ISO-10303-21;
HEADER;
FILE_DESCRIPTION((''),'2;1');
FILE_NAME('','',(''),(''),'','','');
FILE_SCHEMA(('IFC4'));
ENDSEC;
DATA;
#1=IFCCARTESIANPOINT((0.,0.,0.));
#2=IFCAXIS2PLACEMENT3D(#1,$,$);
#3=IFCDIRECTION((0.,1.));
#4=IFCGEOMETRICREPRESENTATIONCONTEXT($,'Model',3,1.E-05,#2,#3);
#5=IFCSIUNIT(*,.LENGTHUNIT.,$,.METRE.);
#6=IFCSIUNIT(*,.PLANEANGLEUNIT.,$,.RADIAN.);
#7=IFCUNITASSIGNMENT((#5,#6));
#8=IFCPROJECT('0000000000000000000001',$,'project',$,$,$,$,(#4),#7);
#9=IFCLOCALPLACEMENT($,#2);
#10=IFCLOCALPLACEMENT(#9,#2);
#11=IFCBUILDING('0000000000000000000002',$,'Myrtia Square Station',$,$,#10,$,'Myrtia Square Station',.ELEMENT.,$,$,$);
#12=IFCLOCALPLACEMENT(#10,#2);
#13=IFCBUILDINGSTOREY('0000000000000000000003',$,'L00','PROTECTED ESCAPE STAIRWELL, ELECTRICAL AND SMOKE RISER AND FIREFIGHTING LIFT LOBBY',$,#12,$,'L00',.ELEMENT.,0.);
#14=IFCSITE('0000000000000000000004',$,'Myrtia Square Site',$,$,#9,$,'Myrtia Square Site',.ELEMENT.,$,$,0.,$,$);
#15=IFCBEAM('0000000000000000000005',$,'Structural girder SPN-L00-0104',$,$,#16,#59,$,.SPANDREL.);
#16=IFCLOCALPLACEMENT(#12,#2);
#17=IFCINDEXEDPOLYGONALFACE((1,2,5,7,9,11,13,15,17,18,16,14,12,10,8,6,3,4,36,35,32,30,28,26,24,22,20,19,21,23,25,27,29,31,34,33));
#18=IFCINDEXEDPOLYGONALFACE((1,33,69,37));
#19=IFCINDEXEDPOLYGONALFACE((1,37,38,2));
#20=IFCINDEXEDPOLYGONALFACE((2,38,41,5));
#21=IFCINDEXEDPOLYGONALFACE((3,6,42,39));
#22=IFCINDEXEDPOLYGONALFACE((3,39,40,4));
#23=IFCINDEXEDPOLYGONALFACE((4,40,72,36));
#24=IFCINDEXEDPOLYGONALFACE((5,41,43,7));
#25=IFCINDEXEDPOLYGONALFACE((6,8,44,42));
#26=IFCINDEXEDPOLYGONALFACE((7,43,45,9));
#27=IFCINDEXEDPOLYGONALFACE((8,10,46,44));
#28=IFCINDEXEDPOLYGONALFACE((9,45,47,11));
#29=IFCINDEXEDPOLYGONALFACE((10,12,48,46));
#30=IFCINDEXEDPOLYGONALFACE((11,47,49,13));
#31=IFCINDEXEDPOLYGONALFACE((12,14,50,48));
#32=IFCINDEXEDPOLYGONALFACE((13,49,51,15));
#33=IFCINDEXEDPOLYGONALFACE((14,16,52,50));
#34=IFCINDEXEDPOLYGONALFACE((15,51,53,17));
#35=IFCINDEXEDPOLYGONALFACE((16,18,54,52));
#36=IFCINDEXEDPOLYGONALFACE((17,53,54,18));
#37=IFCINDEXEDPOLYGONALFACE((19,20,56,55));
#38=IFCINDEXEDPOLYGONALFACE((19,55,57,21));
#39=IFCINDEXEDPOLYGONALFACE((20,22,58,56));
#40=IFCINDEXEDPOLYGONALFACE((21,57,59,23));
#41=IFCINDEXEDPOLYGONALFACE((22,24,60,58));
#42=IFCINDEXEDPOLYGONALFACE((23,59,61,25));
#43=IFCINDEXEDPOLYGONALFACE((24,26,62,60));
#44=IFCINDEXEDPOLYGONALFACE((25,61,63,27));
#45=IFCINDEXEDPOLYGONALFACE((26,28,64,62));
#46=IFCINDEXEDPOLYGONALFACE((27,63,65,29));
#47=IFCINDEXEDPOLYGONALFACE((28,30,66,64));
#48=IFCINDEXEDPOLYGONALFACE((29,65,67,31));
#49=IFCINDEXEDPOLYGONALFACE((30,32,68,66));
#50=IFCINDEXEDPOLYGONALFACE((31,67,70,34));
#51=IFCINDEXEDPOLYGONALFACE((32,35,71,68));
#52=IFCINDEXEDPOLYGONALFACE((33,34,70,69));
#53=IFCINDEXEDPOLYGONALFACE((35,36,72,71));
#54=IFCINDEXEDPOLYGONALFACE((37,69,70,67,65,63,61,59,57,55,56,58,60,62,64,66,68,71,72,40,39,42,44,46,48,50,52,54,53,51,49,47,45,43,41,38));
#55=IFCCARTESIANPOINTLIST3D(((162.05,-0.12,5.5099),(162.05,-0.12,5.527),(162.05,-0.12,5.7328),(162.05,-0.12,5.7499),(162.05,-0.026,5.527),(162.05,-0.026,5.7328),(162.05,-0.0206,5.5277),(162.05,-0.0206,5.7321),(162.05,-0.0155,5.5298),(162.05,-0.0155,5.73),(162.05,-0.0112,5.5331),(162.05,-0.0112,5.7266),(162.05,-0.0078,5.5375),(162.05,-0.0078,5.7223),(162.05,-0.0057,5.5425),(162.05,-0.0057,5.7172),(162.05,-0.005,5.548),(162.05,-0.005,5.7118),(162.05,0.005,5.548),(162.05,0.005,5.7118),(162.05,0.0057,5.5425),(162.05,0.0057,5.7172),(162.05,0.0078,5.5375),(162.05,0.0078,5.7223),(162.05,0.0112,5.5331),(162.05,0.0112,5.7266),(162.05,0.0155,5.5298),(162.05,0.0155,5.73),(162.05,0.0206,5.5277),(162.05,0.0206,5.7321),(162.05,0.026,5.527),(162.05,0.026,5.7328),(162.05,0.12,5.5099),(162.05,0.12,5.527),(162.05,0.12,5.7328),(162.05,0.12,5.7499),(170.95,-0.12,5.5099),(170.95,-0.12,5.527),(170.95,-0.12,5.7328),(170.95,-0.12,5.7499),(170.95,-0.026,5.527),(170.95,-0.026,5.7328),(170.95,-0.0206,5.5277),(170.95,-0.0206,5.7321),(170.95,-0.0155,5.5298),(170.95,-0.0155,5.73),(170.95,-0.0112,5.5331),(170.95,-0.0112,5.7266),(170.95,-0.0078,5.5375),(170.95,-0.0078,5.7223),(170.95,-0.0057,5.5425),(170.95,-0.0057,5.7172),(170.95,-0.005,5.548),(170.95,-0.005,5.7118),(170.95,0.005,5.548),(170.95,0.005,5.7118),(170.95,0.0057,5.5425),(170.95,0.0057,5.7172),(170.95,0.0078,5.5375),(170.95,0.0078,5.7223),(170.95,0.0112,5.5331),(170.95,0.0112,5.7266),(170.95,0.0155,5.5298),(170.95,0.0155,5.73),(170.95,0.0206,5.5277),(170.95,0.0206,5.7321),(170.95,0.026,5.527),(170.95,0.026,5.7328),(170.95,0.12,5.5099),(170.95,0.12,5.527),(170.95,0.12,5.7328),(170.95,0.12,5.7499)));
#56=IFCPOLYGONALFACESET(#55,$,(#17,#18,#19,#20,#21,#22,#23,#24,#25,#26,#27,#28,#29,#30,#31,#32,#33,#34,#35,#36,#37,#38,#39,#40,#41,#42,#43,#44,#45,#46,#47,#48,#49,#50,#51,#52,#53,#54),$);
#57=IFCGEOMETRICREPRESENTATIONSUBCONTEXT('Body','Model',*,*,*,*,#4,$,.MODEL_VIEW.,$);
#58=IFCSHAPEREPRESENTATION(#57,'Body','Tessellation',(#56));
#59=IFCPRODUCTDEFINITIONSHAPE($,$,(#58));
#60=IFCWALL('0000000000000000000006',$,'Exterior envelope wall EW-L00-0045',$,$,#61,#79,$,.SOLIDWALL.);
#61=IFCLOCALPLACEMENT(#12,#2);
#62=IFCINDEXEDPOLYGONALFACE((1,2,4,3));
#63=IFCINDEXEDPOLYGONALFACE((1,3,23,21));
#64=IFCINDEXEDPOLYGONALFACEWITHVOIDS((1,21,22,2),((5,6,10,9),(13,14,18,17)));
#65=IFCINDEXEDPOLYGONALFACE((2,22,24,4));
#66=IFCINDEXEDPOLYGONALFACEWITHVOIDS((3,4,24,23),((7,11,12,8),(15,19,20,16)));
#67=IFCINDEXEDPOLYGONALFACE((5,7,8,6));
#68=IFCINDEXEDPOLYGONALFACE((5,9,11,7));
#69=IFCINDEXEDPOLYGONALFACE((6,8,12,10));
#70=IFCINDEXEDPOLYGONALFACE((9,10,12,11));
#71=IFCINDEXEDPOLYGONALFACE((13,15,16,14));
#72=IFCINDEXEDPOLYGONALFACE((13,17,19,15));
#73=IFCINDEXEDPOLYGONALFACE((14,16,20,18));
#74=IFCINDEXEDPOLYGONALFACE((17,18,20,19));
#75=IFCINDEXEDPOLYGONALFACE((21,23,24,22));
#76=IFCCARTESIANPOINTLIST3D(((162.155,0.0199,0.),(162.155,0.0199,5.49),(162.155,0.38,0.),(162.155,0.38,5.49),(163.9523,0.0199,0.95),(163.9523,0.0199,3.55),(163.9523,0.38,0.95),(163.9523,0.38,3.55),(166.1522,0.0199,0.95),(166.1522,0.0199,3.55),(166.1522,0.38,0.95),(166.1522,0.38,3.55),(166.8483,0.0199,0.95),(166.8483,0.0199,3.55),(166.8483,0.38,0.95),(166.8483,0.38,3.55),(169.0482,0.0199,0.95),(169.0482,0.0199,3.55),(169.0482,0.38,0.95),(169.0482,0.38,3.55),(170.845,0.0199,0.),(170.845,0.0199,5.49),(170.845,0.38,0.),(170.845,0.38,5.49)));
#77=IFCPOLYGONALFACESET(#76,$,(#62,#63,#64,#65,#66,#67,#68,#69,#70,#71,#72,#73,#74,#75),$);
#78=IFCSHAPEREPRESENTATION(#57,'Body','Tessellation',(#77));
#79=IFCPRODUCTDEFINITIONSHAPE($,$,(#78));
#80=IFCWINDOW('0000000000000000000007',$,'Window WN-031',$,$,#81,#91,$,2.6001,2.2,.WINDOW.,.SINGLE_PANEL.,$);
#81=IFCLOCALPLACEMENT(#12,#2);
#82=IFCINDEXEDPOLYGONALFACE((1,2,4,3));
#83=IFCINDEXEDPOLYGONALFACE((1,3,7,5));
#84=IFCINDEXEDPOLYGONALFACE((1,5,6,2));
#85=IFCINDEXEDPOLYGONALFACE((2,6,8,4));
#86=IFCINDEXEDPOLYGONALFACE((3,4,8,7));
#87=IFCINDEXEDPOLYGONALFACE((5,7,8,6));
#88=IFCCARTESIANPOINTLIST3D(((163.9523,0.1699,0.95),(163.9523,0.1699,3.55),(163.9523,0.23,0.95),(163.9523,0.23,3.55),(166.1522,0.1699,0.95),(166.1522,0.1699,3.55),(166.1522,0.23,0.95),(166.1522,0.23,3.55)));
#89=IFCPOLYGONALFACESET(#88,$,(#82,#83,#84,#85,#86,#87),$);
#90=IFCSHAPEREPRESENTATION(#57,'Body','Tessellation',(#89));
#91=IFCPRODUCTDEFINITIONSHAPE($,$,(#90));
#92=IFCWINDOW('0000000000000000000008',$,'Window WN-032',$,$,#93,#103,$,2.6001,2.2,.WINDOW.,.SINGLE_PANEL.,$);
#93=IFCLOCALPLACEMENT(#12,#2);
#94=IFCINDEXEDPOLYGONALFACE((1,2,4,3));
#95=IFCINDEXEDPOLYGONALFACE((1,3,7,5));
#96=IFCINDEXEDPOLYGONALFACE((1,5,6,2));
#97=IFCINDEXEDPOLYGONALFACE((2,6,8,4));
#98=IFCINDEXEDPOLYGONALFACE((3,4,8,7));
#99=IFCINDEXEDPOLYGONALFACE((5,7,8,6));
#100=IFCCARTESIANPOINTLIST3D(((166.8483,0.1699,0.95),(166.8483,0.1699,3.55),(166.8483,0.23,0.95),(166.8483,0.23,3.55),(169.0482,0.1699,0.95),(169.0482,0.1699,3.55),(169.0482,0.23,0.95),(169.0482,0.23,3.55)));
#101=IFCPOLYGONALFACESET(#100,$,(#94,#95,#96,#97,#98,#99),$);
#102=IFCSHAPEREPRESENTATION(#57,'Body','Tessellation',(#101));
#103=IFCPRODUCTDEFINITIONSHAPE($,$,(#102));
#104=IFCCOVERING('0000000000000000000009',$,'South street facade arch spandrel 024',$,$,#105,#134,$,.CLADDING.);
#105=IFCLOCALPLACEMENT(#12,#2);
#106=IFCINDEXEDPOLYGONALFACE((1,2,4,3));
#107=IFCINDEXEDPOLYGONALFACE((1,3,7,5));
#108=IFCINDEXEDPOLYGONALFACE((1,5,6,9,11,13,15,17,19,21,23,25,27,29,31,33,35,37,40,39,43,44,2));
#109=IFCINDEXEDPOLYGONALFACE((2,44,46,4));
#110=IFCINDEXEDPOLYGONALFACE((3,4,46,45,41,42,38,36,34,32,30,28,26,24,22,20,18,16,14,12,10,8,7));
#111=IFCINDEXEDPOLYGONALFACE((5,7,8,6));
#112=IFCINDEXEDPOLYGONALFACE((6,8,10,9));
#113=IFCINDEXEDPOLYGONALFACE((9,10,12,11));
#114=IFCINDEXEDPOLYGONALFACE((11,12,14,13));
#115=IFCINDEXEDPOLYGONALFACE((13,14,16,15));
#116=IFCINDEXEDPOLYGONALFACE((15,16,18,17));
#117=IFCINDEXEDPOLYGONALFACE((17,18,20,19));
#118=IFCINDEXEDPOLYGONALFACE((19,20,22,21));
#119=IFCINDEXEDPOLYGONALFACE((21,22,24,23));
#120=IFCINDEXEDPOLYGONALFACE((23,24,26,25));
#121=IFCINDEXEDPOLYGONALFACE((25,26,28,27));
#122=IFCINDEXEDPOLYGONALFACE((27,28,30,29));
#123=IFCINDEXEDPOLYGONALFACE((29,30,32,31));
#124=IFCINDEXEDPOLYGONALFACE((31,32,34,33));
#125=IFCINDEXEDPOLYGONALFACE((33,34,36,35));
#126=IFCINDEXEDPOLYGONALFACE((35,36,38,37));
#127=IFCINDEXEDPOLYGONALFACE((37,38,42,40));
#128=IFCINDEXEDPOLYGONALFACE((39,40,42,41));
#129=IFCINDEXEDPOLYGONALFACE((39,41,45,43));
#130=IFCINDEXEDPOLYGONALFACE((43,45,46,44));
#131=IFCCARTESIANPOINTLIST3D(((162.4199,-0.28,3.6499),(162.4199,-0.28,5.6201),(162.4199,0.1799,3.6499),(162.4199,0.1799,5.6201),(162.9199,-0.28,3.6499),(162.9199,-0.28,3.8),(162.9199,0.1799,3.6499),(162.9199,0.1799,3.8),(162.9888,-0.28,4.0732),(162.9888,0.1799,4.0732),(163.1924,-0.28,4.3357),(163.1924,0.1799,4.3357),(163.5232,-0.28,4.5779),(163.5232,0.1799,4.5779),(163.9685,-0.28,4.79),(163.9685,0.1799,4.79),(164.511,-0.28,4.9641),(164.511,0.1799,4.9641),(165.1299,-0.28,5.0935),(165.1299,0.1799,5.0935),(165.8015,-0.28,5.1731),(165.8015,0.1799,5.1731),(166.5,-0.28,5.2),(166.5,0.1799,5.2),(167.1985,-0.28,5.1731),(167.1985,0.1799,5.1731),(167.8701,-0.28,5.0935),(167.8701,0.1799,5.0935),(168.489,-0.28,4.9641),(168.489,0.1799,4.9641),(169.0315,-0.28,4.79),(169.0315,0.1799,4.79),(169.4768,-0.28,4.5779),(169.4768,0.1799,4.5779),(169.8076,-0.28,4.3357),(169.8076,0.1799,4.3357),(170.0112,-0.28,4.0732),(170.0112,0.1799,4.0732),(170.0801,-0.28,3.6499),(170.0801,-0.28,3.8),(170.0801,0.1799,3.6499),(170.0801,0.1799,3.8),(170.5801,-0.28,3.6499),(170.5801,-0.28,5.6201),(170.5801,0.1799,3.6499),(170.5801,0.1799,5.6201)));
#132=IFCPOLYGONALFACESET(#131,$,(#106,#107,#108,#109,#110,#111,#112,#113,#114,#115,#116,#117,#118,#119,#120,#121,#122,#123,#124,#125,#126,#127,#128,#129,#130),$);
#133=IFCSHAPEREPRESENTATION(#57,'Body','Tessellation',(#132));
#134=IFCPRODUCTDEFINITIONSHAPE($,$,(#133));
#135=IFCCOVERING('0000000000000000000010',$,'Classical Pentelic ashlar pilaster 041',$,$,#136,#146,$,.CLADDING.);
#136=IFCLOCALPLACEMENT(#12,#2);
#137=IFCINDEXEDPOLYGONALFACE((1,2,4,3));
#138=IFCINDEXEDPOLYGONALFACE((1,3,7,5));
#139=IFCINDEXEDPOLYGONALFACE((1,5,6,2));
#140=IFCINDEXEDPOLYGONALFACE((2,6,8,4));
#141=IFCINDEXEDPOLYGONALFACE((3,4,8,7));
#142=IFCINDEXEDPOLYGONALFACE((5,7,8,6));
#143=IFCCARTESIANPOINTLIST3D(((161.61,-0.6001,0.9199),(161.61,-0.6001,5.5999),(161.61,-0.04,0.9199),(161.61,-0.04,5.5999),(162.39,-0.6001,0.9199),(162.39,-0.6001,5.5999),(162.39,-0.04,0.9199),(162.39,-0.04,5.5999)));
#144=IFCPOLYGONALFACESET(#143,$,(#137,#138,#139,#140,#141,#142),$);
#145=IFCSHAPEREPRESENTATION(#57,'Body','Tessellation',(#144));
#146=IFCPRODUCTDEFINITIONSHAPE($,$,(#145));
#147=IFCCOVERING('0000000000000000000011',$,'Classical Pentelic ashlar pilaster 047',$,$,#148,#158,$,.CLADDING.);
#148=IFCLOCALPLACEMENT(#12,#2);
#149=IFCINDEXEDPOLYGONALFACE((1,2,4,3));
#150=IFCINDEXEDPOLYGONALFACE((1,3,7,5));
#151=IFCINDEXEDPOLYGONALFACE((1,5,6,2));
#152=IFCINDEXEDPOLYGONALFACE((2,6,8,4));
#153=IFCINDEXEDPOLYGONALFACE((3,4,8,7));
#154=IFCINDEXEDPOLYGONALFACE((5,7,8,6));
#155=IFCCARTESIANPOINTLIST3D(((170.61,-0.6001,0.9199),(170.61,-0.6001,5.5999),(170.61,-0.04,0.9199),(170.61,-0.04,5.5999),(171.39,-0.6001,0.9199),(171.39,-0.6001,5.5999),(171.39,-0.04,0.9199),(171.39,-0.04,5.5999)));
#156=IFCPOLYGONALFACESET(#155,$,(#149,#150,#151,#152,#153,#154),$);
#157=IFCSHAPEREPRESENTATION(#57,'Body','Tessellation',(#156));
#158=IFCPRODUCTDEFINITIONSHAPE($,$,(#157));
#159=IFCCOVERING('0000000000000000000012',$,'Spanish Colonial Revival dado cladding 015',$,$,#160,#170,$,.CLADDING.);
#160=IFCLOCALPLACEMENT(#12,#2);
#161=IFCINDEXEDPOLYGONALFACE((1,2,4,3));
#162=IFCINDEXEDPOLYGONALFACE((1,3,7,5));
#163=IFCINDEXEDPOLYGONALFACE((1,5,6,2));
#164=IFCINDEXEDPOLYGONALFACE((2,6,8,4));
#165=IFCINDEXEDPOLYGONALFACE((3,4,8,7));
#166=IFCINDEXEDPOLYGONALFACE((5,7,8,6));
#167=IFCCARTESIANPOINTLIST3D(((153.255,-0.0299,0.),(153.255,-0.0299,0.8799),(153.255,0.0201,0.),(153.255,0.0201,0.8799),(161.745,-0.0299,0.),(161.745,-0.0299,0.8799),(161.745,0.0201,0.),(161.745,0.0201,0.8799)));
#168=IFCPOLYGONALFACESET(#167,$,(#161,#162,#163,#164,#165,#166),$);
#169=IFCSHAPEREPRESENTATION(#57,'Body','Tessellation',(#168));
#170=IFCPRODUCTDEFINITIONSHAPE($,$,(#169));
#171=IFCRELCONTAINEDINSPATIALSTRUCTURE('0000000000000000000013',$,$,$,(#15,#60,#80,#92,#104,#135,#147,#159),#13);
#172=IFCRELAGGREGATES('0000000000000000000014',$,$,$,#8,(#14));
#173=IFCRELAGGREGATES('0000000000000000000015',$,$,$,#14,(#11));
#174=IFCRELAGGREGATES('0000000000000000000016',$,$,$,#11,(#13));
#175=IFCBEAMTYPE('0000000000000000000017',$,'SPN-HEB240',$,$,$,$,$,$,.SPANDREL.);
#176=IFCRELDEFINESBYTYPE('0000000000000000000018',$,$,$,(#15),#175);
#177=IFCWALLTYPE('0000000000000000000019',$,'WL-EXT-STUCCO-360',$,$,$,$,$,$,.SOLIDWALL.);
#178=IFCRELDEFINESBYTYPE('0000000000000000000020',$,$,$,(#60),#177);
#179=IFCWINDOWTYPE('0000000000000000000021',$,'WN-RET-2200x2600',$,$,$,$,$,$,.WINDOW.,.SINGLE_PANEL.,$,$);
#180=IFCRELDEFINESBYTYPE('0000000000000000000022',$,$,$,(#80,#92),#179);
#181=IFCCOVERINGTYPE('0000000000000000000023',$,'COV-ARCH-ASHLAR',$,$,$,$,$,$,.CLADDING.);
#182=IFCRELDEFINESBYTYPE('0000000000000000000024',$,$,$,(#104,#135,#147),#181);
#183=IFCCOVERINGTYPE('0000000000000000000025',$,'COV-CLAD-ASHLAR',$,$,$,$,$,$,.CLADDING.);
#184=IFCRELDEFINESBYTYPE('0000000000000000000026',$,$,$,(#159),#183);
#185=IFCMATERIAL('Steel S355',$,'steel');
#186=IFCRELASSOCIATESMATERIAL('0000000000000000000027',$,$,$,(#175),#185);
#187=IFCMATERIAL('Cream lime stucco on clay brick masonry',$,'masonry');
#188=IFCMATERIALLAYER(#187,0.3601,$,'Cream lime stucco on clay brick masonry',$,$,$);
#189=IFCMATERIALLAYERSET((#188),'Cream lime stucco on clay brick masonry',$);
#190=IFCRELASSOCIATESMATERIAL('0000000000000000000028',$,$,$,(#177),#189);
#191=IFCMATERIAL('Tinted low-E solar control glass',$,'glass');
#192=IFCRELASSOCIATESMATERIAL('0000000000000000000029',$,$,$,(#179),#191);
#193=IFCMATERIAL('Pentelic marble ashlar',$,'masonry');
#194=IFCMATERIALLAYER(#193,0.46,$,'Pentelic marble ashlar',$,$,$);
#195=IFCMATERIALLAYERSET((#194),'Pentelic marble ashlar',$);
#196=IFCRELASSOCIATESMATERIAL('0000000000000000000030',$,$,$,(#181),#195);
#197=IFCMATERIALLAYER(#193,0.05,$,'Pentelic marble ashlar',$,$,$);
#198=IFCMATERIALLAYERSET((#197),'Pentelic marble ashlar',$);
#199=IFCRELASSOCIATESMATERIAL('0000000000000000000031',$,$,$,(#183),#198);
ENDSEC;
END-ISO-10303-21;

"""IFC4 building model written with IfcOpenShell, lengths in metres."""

from ifc_helpers import new_model, si_unit, direction, frame, frame_2d, origin, origin_2d, place, context, subcontext, project, spatial, polyline, rectangle, i_section, outline, extrude, material, layer, layer_set, material_profile, profile_set, type_object, element, fill, save


model = new_model("IFC4")

# Units and contexts
model_context = context("Model", 3, precision=1e-05, world=origin(), true_north=direction((0.0, 1.0)))
body_context = subcontext(model_context, "Body", "Model", "MODEL_VIEW")
ifc_project = project(units=[si_unit("LENGTHUNIT", "METRE"), si_unit("PLANEANGLEUNIT", "RADIAN")], contexts=[model_context])

# Site, building, storey
site_placement = place(None, origin())
site = spatial("IfcSite", under=ifc_project, at=site_placement, Name="Myrtia Square Site", LongName="Myrtia Square Site", CompositionType="ELEMENT", RefElevation=0.0)
building_placement = place(site_placement, origin())
building = spatial("IfcBuilding", under=site, at=building_placement, Name="Myrtia Square Station", LongName="Myrtia Square Station", CompositionType="ELEMENT")
storey_placement = place(building_placement, origin())
storey = spatial("IfcBuildingStorey", under=building, at=storey_placement, Name="L00", Description="PROTECTED ESCAPE STAIRWELL, ELECTRICAL AND SMOKE RISER AND FIREFIGHTING LIFT LOBBY", LongName="L00", CompositionType="ELEMENT", Elevation=0.0)

# Shared definitions
ifc_material_1 = material(Name="Steel S355", Category="steel")

# Beam
ifc_material_profile_1 = material_profile(ifc_material_1, i_section(OverallWidth=0.24, OverallDepth=0.24, WebThickness=0.01, FlangeThickness=0.0171, FilletRadius=0.021, at=origin_2d()), Name="HEB 240")
ifc_profile_set_1 = profile_set([ifc_material_profile_1], Name="Steel S355")
beam_type_1 = type_object("IfcBeamType", Name="SPN-HEB240", PredefinedType="SPANDREL", material=ifc_profile_set_1)
beam_1_placement = place(storey_placement, frame((162.05, 0.0, 5.6299), z_axis=(1.0, 0.0, 0.0), x_axis=(0.0, 1.0, 0.0)))
element("IfcBeam", 1, at=beam_1_placement, inside=storey, type_object=beam_type_1, Name="Structural girder SPN-L00-0104", PredefinedType="SPANDREL", context=body_context, shape_type="SweptSolid", body=[
    extrude(i_section(OverallWidth=0.24, OverallDepth=0.24, WebThickness=0.01, FlangeThickness=0.0171, FilletRadius=0.021, at=origin_2d()), origin(), (0.0, 0.0, 1.0), 8.8999),
])

# Wall, openings, windows
ifc_material_2 = material(Name="Cream lime stucco on clay brick masonry", Category="masonry")
ifc_layer_1 = layer(ifc_material_2, 0.3601, Name="Cream lime stucco on clay brick masonry")
ifc_layer_set_1 = layer_set([ifc_layer_1], Name="Cream lime stucco on clay brick masonry")
wall_type = type_object("IfcWallType", Name="WL-EXT-STUCCO-360", PredefinedType="SOLIDWALL", material=ifc_layer_set_1)
wall_placement = place(storey_placement, frame((162.155, 0.2, 0.0), z_axis=(0.0, 0.0, 1.0), x_axis=(1.0, 0.0, 0.0)))
wall = element("IfcWall", 2, at=wall_placement, inside=storey, type_object=wall_type, Name="Exterior envelope wall EW-L00-0045", PredefinedType="SOLIDWALL", context=body_context, shape_type="SweptSolid", body=[
    extrude(rectangle(XDim=8.6899, YDim=0.3601, at=frame_2d((4.345, 0.0))), origin(), (0.0, 0.0, 1.0), 5.49),
])
opening_1_placement = place(wall_placement, frame((1.7971, 0.0, 0.95)))
opening_1 = element("IfcOpeningElement", 3, at=opening_1_placement, cuts=wall, PredefinedType="OPENING", context=body_context, shape_type="SweptSolid", body=[
    extrude(rectangle(XDim=2.2, YDim=2.6001, at=frame_2d((1.1001, 1.3))), frame((0.0, 0.1951, 0.0), z_axis=(0.0, -1.0, 0.0), x_axis=(1.0, 0.0, 0.0)), (0.0, 0.0, 1.0), 0.3901),
])
opening_2_placement = place(wall_placement, frame((4.6931, 0.0, 0.95)))
opening_2 = element("IfcOpeningElement", 4, at=opening_2_placement, cuts=wall, PredefinedType="OPENING", context=body_context, shape_type="SweptSolid", body=[
    extrude(rectangle(XDim=2.2, YDim=2.6001, at=frame_2d((1.1001, 1.3))), frame((0.0, 0.1951, 0.0), z_axis=(0.0, -1.0, 0.0), x_axis=(1.0, 0.0, 0.0)), (0.0, 0.0, 1.0), 0.3901),
])
ifc_material_3 = material(Name="Tinted low-E solar control glass", Category="glass")
window_type = type_object("IfcWindowType", Name="WN-RET-2200x2600", PartitioningType="SINGLE_PANEL", PredefinedType="WINDOW", material=ifc_material_3)
window_1_placement = place(opening_1_placement, origin())
window_1 = element("IfcWindow", 5, at=window_1_placement, inside=storey, type_object=window_type, Name="Window WN-031", OverallHeight=2.6001, OverallWidth=2.2, PartitioningType="SINGLE_PANEL", PredefinedType="WINDOW", context=body_context, shape_type="SweptSolid", body=[
    extrude(rectangle(XDim=2.2, YDim=2.6001, at=frame_2d((1.1001, 1.3))), frame((0.0, 0.03, 0.0), z_axis=(0.0, -1.0, 0.0), x_axis=(1.0, 0.0, 0.0)), (0.0, 0.0, 1.0), 0.0601),
])
fill(opening_1, window_1)
window_2_placement = place(opening_2_placement, origin())
window_2 = element("IfcWindow", 6, at=window_2_placement, inside=storey, type_object=window_type, Name="Window WN-032", OverallHeight=2.6001, OverallWidth=2.2, PartitioningType="SINGLE_PANEL", PredefinedType="WINDOW", context=body_context, shape_type="SweptSolid", body=[
    extrude(rectangle(XDim=2.2, YDim=2.6001, at=frame_2d((1.1001, 1.3))), frame((0.0, 0.03, 0.0), z_axis=(0.0, -1.0, 0.0), x_axis=(1.0, 0.0, 0.0)), (0.0, 0.0, 1.0), 0.0601),
])
fill(opening_2, window_2)

# Coverings
ifc_material_4 = material(Name="Pentelic marble ashlar", Category="masonry")
ifc_layer_2 = layer(ifc_material_4, 0.46, Name="Pentelic marble ashlar")
ifc_layer_set_2 = layer_set([ifc_layer_2], Name="Pentelic marble ashlar")
covering_type_1 = type_object("IfcCoveringType", Name="COV-ARCH-ASHLAR", PredefinedType="CLADDING", material=ifc_layer_set_2)
covering_1_placement = place(storey_placement, frame((162.4199, -0.05, 3.6499), z_axis=(0.0, 0.0, 1.0), x_axis=(1.0, 0.0, 0.0)))
element("IfcCovering", 7, at=covering_1_placement, inside=storey, type_object=covering_type_1, Name="South street facade arch spandrel 024", PredefinedType="CLADDING", context=body_context, shape_type="SweptSolid", body=[
    extrude(outline(polyline([(0.0, 0.0), (0.5, 0.0), (0.5, 0.1501), (0.5688, 0.4233), (0.7725, 0.6858), (1.1033, 0.928), (1.5486, 1.1401), (2.0911, 1.3142), (2.71, 1.4436), (3.3816, 1.5232), (4.0801, 1.55), (4.7786, 1.5232), (5.4502, 1.4436), (6.0691, 1.3142), (6.6116, 1.1401), (7.0569, 0.928), (7.3877, 0.6858), (7.5913, 0.4233), (7.6602, 0.1501), (7.6602, 0.0), (8.1602, 0.0), (8.1602, 1.9702), (0.0, 1.9702), (0.0, 0.0)])), frame((0.0, 0.23, 0.0), z_axis=(0.0, -1.0, 0.0), x_axis=(1.0, 0.0, 0.0)), (0.0, 0.0, 1.0), 0.46),
])
for number, where, z_axis, x_axis, name in (
    (8, (162.0, -0.3201, 0.9199), (0.0, 0.0, 1.0), (1.0, 0.0, 0.0), "Classical Pentelic ashlar pilaster 041"),
    (9, (171.0, -0.3201, 0.9199), (0.0, 0.0, 1.0), (1.0, 0.0, 0.0), "Classical Pentelic ashlar pilaster 047"),
):
    element("IfcCovering", number, at=place(storey_placement, frame(where, z_axis=z_axis, x_axis=x_axis)), inside=storey, type_object=covering_type_1, Name=name, PredefinedType="CLADDING", context=body_context, shape_type="SweptSolid", body=[
        extrude(rectangle(XDim=0.78, YDim=0.5601, at=origin_2d()), origin(), (0.0, 0.0, 1.0), 4.6799),
    ])
ifc_layer_3 = layer(ifc_material_4, 0.05, Name="Pentelic marble ashlar")
ifc_layer_set_3 = layer_set([ifc_layer_3], Name="Pentelic marble ashlar")
covering_type_2 = type_object("IfcCoveringType", Name="COV-CLAD-ASHLAR", PredefinedType="CLADDING", material=ifc_layer_set_3)
covering_2_placement = place(storey_placement, frame((157.5, -0.0049, 0.0), z_axis=(0.0, 0.0, 1.0), x_axis=(1.0, 0.0, 0.0)))
element("IfcCovering", 10, at=covering_2_placement, inside=storey, type_object=covering_type_2, Name="Spanish Colonial Revival dado cladding 015", PredefinedType="CLADDING", context=body_context, shape_type="SweptSolid", body=[
    extrude(rectangle(XDim=8.49, YDim=0.05, at=origin_2d()), origin(), (0.0, 0.0, 1.0), 0.8799),
])

save(model, "model.ifc")
